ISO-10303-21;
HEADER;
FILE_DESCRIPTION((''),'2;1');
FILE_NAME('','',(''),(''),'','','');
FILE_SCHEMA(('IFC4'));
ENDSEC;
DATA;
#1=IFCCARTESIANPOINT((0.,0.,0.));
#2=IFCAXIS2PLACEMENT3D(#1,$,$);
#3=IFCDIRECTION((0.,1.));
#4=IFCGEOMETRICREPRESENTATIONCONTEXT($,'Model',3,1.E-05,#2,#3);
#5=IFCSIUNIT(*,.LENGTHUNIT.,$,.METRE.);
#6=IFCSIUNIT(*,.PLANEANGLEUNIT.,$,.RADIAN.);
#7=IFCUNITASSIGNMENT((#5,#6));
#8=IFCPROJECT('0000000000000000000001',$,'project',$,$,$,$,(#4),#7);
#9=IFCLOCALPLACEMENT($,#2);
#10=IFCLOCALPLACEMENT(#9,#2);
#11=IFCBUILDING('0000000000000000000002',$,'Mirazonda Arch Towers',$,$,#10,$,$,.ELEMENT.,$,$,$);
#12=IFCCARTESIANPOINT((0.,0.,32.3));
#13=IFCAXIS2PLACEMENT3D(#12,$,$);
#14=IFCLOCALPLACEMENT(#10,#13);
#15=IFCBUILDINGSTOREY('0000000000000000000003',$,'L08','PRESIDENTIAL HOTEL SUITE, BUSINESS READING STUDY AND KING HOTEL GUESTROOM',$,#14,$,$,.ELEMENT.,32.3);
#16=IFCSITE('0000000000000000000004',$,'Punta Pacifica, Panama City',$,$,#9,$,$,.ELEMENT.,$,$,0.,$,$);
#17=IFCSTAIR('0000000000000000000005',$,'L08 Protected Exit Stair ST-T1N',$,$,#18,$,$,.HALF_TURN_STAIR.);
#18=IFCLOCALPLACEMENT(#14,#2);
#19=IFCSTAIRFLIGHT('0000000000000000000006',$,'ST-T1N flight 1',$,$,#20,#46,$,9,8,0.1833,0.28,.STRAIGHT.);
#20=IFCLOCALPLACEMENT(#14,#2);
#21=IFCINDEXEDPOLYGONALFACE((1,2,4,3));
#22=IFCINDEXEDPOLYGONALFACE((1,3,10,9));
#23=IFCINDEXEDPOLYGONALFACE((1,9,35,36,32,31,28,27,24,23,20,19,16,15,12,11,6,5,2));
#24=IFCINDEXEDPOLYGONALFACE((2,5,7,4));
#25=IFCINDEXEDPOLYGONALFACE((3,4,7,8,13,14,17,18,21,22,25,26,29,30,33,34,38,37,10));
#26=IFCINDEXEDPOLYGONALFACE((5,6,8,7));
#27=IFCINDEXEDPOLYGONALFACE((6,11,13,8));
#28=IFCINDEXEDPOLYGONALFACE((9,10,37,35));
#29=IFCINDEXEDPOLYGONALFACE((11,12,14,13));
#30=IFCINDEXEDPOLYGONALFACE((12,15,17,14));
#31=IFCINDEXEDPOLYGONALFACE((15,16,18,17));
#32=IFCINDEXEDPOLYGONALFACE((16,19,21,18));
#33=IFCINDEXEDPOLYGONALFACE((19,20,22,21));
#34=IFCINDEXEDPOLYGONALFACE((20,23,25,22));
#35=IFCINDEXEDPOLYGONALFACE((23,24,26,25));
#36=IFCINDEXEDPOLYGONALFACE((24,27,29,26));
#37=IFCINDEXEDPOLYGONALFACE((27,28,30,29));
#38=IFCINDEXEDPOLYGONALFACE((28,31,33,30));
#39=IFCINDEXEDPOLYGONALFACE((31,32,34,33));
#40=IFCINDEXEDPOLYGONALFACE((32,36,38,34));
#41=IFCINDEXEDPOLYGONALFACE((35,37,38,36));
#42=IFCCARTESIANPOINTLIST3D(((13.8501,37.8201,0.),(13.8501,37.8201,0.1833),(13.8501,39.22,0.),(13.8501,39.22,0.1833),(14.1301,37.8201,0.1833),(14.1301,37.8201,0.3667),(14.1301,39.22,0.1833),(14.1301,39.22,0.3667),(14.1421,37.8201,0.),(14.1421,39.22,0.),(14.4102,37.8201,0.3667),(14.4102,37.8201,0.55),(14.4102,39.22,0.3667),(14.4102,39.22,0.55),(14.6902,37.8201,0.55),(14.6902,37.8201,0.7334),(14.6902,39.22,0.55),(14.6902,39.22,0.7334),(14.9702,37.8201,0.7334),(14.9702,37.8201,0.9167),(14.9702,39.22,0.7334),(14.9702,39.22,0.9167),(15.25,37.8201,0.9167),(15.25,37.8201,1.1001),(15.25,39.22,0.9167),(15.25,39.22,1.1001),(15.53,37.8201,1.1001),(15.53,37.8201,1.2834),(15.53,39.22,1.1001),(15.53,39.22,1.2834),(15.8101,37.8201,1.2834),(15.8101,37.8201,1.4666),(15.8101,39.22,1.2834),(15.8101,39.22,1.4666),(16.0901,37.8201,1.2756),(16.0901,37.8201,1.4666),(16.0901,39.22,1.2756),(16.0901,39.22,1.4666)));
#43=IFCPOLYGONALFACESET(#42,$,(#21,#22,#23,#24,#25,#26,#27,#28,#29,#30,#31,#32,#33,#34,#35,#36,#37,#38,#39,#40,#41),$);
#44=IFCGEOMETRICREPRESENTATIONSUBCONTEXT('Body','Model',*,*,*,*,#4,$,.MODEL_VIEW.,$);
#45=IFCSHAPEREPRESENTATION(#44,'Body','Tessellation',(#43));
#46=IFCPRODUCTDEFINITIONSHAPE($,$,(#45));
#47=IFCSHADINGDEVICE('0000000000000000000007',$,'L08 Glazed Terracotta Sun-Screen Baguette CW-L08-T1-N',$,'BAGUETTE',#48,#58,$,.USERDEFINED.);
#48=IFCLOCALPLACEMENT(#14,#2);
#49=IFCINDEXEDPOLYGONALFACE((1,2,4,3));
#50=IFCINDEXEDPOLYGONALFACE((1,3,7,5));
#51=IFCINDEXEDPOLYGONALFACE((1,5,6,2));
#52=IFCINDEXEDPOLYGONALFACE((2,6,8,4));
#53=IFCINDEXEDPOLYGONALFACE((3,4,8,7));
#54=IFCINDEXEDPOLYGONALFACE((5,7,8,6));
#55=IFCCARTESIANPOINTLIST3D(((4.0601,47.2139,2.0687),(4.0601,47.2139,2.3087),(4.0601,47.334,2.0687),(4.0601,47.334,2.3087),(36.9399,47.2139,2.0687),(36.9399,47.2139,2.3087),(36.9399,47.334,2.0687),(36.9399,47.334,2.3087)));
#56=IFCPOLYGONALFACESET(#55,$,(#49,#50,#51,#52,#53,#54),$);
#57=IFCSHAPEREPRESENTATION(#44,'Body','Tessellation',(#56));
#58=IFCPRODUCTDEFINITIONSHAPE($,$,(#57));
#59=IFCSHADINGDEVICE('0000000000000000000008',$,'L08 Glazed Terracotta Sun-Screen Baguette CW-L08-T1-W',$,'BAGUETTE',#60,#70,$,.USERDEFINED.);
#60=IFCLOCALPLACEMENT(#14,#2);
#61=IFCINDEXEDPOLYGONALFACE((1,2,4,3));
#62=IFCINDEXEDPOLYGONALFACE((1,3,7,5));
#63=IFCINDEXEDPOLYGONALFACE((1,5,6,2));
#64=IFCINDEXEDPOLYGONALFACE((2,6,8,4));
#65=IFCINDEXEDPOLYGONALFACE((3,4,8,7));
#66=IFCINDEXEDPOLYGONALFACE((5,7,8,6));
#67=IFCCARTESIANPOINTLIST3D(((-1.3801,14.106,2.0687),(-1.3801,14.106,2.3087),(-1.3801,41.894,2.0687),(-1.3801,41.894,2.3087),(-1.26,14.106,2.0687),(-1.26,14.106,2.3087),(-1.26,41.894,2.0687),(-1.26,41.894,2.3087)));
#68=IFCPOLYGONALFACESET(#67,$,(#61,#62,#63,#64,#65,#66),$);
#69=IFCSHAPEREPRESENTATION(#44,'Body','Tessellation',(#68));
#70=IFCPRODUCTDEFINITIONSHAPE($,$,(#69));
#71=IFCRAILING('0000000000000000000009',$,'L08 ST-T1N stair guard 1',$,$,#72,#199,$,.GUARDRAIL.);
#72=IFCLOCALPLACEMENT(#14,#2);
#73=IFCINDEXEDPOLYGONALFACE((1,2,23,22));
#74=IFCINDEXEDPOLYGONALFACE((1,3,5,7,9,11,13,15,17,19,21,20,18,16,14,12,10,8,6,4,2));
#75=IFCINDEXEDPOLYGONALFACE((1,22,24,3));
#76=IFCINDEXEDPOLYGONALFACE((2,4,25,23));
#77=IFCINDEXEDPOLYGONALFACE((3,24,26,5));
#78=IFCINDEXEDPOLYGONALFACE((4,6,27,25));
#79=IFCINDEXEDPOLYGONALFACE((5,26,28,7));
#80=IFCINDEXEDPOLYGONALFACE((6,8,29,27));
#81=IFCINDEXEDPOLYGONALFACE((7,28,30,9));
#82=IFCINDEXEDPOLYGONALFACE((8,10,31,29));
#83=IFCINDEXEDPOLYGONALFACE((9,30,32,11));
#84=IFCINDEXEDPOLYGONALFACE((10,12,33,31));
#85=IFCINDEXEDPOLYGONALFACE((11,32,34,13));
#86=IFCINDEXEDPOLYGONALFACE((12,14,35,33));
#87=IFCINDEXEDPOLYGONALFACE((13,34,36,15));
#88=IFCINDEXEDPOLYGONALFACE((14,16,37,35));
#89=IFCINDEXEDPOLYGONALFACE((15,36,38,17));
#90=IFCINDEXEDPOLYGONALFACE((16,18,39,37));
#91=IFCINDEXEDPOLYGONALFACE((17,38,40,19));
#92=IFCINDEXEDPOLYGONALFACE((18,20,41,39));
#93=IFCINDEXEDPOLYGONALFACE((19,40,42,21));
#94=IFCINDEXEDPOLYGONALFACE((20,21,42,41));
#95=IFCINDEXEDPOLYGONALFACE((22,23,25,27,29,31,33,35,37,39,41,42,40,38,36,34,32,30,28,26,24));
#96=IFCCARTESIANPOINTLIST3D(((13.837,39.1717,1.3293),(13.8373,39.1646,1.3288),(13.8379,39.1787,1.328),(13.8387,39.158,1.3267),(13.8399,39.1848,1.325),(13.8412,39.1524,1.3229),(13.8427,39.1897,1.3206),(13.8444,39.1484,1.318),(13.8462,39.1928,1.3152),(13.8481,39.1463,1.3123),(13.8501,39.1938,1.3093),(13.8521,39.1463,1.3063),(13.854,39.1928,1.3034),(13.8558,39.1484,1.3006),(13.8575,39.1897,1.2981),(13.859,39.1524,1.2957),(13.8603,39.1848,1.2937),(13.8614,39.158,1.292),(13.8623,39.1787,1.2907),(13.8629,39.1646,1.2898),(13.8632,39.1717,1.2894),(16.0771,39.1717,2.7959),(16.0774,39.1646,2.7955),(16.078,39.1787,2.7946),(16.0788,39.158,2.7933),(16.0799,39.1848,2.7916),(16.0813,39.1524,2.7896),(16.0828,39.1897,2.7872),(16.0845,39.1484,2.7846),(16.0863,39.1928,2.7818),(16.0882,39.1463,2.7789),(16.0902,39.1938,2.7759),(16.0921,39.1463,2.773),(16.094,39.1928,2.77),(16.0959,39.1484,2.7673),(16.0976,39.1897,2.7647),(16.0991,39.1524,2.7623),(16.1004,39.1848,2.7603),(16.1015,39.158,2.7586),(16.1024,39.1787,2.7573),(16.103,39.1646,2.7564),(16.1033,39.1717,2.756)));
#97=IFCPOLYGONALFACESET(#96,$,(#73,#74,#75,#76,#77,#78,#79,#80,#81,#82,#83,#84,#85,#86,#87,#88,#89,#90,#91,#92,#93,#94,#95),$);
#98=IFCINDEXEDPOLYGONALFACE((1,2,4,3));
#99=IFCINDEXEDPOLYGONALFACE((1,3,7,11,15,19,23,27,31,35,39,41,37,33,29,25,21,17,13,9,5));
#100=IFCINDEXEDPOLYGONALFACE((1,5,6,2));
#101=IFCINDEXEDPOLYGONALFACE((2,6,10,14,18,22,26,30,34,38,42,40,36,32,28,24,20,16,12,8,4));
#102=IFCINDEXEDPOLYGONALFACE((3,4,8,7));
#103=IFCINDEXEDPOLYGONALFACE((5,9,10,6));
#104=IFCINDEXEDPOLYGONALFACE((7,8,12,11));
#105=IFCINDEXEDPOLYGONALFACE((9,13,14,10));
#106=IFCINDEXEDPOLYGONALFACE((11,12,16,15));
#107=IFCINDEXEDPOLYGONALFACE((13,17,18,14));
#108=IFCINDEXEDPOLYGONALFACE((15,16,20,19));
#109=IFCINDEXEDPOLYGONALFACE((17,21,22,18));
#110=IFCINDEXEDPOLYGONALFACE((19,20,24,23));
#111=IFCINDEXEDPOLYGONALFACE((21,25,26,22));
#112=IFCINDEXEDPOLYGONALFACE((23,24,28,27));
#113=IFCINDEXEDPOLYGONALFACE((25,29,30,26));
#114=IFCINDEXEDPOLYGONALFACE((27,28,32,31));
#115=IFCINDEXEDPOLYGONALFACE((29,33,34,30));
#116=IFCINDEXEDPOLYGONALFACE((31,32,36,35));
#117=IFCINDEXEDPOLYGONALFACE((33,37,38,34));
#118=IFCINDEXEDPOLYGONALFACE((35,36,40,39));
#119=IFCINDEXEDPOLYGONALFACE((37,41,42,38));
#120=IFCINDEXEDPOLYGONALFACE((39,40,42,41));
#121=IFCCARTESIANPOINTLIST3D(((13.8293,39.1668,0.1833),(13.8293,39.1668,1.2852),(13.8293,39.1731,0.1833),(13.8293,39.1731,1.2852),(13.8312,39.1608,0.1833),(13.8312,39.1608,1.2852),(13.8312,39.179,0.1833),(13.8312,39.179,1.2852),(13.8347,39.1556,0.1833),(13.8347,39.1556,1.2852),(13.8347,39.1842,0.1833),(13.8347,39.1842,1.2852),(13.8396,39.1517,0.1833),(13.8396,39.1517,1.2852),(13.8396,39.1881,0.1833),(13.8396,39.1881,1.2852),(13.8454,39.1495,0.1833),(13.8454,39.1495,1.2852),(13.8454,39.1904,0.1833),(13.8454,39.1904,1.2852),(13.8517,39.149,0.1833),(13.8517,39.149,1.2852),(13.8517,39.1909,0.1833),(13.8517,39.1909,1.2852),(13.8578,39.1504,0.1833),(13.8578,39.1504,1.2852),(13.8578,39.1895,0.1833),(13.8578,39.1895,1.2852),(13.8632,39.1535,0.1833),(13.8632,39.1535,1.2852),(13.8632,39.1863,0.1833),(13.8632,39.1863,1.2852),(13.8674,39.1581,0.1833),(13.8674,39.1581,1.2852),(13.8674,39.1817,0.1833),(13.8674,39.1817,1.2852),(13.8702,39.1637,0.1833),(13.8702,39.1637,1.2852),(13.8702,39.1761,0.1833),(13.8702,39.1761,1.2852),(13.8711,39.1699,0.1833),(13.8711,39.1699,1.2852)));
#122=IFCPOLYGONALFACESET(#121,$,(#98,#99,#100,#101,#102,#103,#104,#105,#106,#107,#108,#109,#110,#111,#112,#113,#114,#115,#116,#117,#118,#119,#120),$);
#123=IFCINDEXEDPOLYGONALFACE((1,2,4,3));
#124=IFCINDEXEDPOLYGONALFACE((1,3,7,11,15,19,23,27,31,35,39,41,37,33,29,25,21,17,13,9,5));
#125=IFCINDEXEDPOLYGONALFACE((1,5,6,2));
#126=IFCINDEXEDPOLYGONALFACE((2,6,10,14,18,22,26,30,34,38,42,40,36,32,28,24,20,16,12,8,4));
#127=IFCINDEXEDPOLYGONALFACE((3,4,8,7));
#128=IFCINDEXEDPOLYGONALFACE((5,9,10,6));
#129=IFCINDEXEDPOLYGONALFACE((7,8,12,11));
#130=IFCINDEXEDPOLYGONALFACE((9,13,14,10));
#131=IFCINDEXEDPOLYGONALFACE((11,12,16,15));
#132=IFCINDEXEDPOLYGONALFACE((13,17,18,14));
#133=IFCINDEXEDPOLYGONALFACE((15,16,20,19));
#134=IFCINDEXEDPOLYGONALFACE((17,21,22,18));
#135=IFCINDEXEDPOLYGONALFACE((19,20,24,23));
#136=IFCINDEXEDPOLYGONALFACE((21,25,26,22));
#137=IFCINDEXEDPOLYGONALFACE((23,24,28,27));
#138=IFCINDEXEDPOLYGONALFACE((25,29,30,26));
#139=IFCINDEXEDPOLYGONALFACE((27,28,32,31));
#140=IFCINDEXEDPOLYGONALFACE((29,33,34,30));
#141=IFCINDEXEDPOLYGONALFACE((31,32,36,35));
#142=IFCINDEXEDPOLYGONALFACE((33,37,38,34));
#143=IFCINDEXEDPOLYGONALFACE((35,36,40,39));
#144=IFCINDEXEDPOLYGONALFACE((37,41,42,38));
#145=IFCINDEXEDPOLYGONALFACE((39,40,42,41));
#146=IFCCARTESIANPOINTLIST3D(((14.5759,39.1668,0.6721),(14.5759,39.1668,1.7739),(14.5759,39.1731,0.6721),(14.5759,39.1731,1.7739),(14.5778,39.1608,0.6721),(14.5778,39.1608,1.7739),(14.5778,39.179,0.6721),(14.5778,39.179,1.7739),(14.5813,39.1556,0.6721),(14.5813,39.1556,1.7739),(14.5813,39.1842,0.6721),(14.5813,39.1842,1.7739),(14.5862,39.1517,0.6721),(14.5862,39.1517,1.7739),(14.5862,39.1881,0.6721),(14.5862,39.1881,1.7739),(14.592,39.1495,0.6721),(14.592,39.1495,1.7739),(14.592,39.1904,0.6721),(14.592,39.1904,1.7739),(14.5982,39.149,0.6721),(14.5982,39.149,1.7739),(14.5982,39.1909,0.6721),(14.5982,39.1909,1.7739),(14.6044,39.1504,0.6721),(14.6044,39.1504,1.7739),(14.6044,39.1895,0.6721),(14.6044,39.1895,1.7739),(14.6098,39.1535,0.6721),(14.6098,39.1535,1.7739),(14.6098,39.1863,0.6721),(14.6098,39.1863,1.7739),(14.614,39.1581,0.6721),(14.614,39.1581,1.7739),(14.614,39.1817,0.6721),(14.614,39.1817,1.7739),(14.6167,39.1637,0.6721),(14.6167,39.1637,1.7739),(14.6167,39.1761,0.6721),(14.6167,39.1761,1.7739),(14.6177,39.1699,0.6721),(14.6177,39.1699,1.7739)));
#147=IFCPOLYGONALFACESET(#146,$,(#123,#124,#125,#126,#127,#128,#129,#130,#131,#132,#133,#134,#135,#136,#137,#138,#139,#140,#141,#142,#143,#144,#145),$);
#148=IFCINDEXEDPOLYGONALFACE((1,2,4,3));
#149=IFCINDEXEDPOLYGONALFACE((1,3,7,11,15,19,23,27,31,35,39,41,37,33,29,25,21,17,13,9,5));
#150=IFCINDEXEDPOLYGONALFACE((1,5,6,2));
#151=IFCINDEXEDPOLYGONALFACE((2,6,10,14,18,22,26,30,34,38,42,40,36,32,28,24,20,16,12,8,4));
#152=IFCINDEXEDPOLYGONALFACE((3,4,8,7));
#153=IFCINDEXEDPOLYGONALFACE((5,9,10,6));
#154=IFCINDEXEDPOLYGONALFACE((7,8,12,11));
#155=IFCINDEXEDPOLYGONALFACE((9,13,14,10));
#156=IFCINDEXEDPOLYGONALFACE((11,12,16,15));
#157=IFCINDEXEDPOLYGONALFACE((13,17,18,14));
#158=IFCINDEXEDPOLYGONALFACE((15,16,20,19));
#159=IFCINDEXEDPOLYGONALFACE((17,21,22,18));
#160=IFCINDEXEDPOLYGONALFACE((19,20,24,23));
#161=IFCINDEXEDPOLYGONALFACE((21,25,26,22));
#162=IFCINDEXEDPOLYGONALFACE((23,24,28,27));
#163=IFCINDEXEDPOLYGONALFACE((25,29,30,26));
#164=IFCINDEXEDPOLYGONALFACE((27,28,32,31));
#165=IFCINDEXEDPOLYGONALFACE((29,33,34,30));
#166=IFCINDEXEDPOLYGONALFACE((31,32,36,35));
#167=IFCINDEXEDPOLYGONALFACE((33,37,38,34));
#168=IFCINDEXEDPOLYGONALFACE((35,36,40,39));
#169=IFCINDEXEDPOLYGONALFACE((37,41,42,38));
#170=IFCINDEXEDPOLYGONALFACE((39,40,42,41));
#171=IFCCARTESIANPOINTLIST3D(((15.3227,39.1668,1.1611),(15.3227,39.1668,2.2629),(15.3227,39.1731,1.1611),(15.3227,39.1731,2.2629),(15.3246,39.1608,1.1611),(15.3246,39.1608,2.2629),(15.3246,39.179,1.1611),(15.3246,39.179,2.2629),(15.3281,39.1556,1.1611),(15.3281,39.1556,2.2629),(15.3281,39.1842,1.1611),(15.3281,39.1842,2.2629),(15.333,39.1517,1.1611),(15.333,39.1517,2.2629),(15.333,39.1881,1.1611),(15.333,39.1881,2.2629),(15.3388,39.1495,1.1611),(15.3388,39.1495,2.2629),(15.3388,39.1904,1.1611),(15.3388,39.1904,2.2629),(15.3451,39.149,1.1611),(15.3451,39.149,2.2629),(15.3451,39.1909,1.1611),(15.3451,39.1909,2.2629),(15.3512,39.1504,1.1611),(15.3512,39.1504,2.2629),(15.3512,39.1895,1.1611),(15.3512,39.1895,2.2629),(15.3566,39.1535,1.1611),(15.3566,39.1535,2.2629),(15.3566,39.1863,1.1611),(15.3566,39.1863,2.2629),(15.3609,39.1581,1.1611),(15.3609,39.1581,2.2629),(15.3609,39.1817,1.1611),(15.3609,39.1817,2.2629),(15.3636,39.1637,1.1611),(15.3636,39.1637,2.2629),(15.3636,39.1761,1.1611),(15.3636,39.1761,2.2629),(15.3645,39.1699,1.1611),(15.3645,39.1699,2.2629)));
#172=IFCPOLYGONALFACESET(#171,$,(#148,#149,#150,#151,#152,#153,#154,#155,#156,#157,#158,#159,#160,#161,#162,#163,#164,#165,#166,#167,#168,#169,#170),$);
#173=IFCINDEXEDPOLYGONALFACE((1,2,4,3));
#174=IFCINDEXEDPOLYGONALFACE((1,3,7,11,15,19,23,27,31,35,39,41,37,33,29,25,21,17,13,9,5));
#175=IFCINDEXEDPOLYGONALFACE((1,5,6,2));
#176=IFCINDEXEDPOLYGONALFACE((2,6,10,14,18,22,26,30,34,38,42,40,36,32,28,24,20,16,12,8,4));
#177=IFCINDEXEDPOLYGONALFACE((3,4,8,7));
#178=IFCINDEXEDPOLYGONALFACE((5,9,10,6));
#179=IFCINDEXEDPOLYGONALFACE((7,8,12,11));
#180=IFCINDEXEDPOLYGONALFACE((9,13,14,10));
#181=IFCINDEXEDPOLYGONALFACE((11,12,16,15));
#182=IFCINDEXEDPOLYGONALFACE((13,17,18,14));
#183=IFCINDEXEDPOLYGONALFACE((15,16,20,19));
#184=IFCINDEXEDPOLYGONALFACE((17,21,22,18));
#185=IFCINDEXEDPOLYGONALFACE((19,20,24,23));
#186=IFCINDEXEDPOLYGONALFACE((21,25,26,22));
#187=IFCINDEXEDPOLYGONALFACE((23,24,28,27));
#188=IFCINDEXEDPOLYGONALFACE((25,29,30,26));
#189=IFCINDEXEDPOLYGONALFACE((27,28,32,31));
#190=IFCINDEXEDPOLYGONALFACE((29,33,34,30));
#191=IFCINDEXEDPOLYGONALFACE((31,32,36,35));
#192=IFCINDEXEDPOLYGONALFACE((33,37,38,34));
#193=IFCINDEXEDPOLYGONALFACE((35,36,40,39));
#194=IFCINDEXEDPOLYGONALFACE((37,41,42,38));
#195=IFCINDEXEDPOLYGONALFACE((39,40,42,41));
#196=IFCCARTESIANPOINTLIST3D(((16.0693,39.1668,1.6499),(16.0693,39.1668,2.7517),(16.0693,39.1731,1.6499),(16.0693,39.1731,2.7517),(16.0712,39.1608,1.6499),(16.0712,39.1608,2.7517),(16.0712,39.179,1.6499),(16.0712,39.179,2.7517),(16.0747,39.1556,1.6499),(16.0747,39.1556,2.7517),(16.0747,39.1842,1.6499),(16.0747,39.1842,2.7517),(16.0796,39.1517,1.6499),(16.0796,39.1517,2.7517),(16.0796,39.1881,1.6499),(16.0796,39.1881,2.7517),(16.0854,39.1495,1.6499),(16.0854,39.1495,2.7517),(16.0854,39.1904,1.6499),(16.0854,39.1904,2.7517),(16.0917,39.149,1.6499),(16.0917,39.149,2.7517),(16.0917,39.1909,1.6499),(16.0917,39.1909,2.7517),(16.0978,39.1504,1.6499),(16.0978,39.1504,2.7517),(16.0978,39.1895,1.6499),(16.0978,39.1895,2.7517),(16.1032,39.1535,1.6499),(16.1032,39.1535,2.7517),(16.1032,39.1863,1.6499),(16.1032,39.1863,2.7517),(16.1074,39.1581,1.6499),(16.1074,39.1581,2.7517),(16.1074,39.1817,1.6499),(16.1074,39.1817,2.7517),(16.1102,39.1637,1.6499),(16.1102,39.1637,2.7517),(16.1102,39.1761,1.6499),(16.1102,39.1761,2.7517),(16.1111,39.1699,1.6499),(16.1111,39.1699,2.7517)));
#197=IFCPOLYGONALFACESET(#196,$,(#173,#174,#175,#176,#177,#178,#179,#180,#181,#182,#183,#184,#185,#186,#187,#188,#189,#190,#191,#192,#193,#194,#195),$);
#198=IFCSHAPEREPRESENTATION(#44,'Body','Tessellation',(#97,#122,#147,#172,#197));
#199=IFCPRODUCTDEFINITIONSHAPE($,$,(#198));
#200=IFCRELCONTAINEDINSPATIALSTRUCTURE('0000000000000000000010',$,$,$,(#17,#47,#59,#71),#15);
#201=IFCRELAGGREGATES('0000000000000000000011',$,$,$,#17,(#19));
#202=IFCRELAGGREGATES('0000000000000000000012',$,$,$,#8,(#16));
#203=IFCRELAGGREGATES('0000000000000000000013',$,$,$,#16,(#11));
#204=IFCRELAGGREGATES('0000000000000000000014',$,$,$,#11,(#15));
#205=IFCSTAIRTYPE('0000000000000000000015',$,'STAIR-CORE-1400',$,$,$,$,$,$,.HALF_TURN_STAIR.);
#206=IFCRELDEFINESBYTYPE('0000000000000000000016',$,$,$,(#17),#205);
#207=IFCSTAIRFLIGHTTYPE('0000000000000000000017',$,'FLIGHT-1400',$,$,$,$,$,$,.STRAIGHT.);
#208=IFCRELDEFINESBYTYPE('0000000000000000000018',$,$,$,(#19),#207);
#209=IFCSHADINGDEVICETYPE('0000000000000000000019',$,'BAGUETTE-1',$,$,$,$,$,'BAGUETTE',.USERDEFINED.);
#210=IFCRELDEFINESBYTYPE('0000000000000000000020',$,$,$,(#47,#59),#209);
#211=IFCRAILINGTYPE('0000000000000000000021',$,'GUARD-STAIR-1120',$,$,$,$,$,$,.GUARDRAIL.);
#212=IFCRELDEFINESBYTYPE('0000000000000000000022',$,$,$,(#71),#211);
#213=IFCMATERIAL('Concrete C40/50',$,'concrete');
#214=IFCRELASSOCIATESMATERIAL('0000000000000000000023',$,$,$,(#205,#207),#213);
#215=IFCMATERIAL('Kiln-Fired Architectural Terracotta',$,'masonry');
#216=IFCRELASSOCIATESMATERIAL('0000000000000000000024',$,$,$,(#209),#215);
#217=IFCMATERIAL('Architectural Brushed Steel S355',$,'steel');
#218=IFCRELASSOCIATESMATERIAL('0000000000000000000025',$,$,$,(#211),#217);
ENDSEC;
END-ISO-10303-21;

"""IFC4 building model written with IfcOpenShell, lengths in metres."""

from ifc_helpers import new_model, si_unit, direction, frame, origin, origin_2d, place, context, subcontext, project, spatial, polyline, rectangle, circle, outline, extrude, material, material_profile, profile_set, type_object, element, aggregate, save


model = new_model("IFC4")

# Units and contexts
model_context = context("Model", 3, precision=1e-05, world=origin(), true_north=direction((0.0, 1.0)))
body_context = subcontext(model_context, "Body", "Model", "MODEL_VIEW")
ifc_project = project(units=[si_unit("LENGTHUNIT", "METRE"), si_unit("PLANEANGLEUNIT", "RADIAN")], contexts=[model_context])

# Site, building, storey
site_placement = place(None, origin())
site = spatial("IfcSite", under=ifc_project, at=site_placement, Name="Punta Pacifica, Panama City", CompositionType="ELEMENT", RefElevation=0.0)
building_placement = place(site_placement, origin())
building = spatial("IfcBuilding", under=site, at=building_placement, Name="Mirazonda Arch Towers", CompositionType="ELEMENT")
storey_placement = place(building_placement, frame((0.0, 0.0, 32.3)))
storey = spatial("IfcBuildingStorey", under=building, at=storey_placement, Name="L08", Description="PRESIDENTIAL HOTEL SUITE, BUSINESS READING STUDY AND KING HOTEL GUESTROOM", CompositionType="ELEMENT", Elevation=32.3)

# Shared definitions
ifc_material_1 = material(Name="Architectural Brushed Steel S355", Category="steel")

# Stair, stair flight
ifc_material_2 = material(Name="Concrete C40/50", Category="concrete")
stair_type = type_object("IfcStairType", Name="STAIR-CORE-1400", PredefinedType="HALF_TURN_STAIR", material=ifc_material_2)
stair_placement = place(storey_placement, origin())
stair = element("IfcStair", 1, at=stair_placement, inside=storey, type_object=stair_type, Name="L08 Protected Exit Stair ST-T1N", PredefinedType="HALF_TURN_STAIR")
stair_flight_type = type_object("IfcStairFlightType", Name="FLIGHT-1400", PredefinedType="STRAIGHT", material=ifc_material_2)
stair_flight_placement = place(storey_placement, frame((13.8501, 38.52, 0.0), z_axis=(0.0, 0.0, 1.0), x_axis=(1.0, 0.0, 0.0)))
stair_flight = element("IfcStairFlight", 2, at=stair_flight_placement, type_object=stair_flight_type, Name="ST-T1N flight 1", NumberOfRisers=9, NumberOfTreads=8, PredefinedType="STRAIGHT", RiserHeight=0.1833, TreadLength=0.28, context=body_context, shape_type="SweptSolid", body=[
    extrude(outline(polyline([(0.0, 0.0), (0.0, 0.1833), (0.28, 0.1833), (0.28, 0.3667), (0.5601, 0.3667), (0.5601, 0.55), (0.8401, 0.55), (0.8401, 0.7334), (1.1201, 0.7334), (1.1201, 0.9167), (1.3999, 0.9167), (1.3999, 1.1001), (1.6799, 1.1001), (1.6799, 1.2834), (1.96, 1.2834), (1.96, 1.4666), (2.24, 1.4666), (2.24, 1.6499), (2.24, 1.2756), (0.292, 0.0), (0.0, 0.0)])), frame((0.0, 0.7, 0.0), z_axis=(0.0, -1.0, 0.0), x_axis=(1.0, 0.0, 0.0)), (0.0, 0.0, 1.0), 1.3999),
])
aggregate(stair, [stair_flight])

# Shading devices
ifc_material_3 = material(Name="Kiln-Fired Architectural Terracotta", Category="masonry")
ifc_material_profile_1 = material_profile(ifc_material_3, rectangle(XDim=0.1201, YDim=0.24, at=origin_2d()), Name="TERRA-BAG-120x240")
ifc_profile_set_1 = profile_set([ifc_material_profile_1], Name="Kiln-Fired Architectural Terracotta")
shading_device_type = type_object("IfcShadingDeviceType", Name="BAGUETTE-1", ElementType="BAGUETTE", PredefinedType="USERDEFINED", material=ifc_profile_set_1)
shading_device_1_placement = place(storey_placement, frame((4.0601, 47.2739, 2.1887), z_axis=(1.0, 0.0, 0.0), x_axis=(0.0, 1.0, 0.0)))
element("IfcShadingDevice", 3, at=shading_device_1_placement, inside=storey, type_object=shading_device_type, Name="L08 Glazed Terracotta Sun-Screen Baguette CW-L08-T1-N", ObjectType="BAGUETTE", PredefinedType="USERDEFINED", context=body_context, shape_type="SweptSolid", body=[
    extrude(rectangle(XDim=0.1201, YDim=0.24, at=origin_2d()), origin(), (0.0, 0.0, 1.0), 32.8799),
])
shading_device_2_placement = place(storey_placement, frame((-1.3201, 41.894, 2.1887), z_axis=(0.0, -1.0, 0.0), x_axis=(1.0, 0.0, 0.0)))
element("IfcShadingDevice", 4, at=shading_device_2_placement, inside=storey, type_object=shading_device_type, Name="L08 Glazed Terracotta Sun-Screen Baguette CW-L08-T1-W", ObjectType="BAGUETTE", PredefinedType="USERDEFINED", context=body_context, shape_type="SweptSolid", body=[
    extrude(rectangle(XDim=0.1201, YDim=0.24, at=origin_2d()), origin(), (0.0, 0.0, 1.0), 27.7881),
])

# Railing
railing_type_1 = type_object("IfcRailingType", Name="GUARD-STAIR-1120", PredefinedType="GUARDRAIL", material=ifc_material_1)
railing_1_placement = place(storey_placement, frame((13.8501, 39.1699, 0.1833)))
element("IfcRailing", 5, at=railing_1_placement, inside=storey, type_object=railing_type_1, Name="L08 ST-T1N stair guard 1", PredefinedType="GUARDRAIL", context=body_context, shape_type="SweptSolid", body=[
    extrude(circle(Radius=0.0239, at=origin_2d()), frame((0.0, 0.0, 1.126), z_axis=(0.836637, 0.0, 0.547758), x_axis=(0.0, 1.0, 0.0)), (0.0, 0.0, 1.0), 2.6775),
    extrude(circle(Radius=0.021, at=origin_2d()), origin(), (0.0, 0.0, 1.0), 1.1018),
    extrude(circle(Radius=0.021, at=origin_2d()), frame((0.7466, 0.0, 0.4888)), (0.0, 0.0, 1.0), 1.1018),
    extrude(circle(Radius=0.021, at=origin_2d()), frame((1.4934, 0.0, 0.9778)), (0.0, 0.0, 1.0), 1.1018),
    extrude(circle(Radius=0.021, at=origin_2d()), frame((2.24, 0.0, 1.4666)), (0.0, 0.0, 1.0), 1.1018),
])

save(model, "model.ifc")
